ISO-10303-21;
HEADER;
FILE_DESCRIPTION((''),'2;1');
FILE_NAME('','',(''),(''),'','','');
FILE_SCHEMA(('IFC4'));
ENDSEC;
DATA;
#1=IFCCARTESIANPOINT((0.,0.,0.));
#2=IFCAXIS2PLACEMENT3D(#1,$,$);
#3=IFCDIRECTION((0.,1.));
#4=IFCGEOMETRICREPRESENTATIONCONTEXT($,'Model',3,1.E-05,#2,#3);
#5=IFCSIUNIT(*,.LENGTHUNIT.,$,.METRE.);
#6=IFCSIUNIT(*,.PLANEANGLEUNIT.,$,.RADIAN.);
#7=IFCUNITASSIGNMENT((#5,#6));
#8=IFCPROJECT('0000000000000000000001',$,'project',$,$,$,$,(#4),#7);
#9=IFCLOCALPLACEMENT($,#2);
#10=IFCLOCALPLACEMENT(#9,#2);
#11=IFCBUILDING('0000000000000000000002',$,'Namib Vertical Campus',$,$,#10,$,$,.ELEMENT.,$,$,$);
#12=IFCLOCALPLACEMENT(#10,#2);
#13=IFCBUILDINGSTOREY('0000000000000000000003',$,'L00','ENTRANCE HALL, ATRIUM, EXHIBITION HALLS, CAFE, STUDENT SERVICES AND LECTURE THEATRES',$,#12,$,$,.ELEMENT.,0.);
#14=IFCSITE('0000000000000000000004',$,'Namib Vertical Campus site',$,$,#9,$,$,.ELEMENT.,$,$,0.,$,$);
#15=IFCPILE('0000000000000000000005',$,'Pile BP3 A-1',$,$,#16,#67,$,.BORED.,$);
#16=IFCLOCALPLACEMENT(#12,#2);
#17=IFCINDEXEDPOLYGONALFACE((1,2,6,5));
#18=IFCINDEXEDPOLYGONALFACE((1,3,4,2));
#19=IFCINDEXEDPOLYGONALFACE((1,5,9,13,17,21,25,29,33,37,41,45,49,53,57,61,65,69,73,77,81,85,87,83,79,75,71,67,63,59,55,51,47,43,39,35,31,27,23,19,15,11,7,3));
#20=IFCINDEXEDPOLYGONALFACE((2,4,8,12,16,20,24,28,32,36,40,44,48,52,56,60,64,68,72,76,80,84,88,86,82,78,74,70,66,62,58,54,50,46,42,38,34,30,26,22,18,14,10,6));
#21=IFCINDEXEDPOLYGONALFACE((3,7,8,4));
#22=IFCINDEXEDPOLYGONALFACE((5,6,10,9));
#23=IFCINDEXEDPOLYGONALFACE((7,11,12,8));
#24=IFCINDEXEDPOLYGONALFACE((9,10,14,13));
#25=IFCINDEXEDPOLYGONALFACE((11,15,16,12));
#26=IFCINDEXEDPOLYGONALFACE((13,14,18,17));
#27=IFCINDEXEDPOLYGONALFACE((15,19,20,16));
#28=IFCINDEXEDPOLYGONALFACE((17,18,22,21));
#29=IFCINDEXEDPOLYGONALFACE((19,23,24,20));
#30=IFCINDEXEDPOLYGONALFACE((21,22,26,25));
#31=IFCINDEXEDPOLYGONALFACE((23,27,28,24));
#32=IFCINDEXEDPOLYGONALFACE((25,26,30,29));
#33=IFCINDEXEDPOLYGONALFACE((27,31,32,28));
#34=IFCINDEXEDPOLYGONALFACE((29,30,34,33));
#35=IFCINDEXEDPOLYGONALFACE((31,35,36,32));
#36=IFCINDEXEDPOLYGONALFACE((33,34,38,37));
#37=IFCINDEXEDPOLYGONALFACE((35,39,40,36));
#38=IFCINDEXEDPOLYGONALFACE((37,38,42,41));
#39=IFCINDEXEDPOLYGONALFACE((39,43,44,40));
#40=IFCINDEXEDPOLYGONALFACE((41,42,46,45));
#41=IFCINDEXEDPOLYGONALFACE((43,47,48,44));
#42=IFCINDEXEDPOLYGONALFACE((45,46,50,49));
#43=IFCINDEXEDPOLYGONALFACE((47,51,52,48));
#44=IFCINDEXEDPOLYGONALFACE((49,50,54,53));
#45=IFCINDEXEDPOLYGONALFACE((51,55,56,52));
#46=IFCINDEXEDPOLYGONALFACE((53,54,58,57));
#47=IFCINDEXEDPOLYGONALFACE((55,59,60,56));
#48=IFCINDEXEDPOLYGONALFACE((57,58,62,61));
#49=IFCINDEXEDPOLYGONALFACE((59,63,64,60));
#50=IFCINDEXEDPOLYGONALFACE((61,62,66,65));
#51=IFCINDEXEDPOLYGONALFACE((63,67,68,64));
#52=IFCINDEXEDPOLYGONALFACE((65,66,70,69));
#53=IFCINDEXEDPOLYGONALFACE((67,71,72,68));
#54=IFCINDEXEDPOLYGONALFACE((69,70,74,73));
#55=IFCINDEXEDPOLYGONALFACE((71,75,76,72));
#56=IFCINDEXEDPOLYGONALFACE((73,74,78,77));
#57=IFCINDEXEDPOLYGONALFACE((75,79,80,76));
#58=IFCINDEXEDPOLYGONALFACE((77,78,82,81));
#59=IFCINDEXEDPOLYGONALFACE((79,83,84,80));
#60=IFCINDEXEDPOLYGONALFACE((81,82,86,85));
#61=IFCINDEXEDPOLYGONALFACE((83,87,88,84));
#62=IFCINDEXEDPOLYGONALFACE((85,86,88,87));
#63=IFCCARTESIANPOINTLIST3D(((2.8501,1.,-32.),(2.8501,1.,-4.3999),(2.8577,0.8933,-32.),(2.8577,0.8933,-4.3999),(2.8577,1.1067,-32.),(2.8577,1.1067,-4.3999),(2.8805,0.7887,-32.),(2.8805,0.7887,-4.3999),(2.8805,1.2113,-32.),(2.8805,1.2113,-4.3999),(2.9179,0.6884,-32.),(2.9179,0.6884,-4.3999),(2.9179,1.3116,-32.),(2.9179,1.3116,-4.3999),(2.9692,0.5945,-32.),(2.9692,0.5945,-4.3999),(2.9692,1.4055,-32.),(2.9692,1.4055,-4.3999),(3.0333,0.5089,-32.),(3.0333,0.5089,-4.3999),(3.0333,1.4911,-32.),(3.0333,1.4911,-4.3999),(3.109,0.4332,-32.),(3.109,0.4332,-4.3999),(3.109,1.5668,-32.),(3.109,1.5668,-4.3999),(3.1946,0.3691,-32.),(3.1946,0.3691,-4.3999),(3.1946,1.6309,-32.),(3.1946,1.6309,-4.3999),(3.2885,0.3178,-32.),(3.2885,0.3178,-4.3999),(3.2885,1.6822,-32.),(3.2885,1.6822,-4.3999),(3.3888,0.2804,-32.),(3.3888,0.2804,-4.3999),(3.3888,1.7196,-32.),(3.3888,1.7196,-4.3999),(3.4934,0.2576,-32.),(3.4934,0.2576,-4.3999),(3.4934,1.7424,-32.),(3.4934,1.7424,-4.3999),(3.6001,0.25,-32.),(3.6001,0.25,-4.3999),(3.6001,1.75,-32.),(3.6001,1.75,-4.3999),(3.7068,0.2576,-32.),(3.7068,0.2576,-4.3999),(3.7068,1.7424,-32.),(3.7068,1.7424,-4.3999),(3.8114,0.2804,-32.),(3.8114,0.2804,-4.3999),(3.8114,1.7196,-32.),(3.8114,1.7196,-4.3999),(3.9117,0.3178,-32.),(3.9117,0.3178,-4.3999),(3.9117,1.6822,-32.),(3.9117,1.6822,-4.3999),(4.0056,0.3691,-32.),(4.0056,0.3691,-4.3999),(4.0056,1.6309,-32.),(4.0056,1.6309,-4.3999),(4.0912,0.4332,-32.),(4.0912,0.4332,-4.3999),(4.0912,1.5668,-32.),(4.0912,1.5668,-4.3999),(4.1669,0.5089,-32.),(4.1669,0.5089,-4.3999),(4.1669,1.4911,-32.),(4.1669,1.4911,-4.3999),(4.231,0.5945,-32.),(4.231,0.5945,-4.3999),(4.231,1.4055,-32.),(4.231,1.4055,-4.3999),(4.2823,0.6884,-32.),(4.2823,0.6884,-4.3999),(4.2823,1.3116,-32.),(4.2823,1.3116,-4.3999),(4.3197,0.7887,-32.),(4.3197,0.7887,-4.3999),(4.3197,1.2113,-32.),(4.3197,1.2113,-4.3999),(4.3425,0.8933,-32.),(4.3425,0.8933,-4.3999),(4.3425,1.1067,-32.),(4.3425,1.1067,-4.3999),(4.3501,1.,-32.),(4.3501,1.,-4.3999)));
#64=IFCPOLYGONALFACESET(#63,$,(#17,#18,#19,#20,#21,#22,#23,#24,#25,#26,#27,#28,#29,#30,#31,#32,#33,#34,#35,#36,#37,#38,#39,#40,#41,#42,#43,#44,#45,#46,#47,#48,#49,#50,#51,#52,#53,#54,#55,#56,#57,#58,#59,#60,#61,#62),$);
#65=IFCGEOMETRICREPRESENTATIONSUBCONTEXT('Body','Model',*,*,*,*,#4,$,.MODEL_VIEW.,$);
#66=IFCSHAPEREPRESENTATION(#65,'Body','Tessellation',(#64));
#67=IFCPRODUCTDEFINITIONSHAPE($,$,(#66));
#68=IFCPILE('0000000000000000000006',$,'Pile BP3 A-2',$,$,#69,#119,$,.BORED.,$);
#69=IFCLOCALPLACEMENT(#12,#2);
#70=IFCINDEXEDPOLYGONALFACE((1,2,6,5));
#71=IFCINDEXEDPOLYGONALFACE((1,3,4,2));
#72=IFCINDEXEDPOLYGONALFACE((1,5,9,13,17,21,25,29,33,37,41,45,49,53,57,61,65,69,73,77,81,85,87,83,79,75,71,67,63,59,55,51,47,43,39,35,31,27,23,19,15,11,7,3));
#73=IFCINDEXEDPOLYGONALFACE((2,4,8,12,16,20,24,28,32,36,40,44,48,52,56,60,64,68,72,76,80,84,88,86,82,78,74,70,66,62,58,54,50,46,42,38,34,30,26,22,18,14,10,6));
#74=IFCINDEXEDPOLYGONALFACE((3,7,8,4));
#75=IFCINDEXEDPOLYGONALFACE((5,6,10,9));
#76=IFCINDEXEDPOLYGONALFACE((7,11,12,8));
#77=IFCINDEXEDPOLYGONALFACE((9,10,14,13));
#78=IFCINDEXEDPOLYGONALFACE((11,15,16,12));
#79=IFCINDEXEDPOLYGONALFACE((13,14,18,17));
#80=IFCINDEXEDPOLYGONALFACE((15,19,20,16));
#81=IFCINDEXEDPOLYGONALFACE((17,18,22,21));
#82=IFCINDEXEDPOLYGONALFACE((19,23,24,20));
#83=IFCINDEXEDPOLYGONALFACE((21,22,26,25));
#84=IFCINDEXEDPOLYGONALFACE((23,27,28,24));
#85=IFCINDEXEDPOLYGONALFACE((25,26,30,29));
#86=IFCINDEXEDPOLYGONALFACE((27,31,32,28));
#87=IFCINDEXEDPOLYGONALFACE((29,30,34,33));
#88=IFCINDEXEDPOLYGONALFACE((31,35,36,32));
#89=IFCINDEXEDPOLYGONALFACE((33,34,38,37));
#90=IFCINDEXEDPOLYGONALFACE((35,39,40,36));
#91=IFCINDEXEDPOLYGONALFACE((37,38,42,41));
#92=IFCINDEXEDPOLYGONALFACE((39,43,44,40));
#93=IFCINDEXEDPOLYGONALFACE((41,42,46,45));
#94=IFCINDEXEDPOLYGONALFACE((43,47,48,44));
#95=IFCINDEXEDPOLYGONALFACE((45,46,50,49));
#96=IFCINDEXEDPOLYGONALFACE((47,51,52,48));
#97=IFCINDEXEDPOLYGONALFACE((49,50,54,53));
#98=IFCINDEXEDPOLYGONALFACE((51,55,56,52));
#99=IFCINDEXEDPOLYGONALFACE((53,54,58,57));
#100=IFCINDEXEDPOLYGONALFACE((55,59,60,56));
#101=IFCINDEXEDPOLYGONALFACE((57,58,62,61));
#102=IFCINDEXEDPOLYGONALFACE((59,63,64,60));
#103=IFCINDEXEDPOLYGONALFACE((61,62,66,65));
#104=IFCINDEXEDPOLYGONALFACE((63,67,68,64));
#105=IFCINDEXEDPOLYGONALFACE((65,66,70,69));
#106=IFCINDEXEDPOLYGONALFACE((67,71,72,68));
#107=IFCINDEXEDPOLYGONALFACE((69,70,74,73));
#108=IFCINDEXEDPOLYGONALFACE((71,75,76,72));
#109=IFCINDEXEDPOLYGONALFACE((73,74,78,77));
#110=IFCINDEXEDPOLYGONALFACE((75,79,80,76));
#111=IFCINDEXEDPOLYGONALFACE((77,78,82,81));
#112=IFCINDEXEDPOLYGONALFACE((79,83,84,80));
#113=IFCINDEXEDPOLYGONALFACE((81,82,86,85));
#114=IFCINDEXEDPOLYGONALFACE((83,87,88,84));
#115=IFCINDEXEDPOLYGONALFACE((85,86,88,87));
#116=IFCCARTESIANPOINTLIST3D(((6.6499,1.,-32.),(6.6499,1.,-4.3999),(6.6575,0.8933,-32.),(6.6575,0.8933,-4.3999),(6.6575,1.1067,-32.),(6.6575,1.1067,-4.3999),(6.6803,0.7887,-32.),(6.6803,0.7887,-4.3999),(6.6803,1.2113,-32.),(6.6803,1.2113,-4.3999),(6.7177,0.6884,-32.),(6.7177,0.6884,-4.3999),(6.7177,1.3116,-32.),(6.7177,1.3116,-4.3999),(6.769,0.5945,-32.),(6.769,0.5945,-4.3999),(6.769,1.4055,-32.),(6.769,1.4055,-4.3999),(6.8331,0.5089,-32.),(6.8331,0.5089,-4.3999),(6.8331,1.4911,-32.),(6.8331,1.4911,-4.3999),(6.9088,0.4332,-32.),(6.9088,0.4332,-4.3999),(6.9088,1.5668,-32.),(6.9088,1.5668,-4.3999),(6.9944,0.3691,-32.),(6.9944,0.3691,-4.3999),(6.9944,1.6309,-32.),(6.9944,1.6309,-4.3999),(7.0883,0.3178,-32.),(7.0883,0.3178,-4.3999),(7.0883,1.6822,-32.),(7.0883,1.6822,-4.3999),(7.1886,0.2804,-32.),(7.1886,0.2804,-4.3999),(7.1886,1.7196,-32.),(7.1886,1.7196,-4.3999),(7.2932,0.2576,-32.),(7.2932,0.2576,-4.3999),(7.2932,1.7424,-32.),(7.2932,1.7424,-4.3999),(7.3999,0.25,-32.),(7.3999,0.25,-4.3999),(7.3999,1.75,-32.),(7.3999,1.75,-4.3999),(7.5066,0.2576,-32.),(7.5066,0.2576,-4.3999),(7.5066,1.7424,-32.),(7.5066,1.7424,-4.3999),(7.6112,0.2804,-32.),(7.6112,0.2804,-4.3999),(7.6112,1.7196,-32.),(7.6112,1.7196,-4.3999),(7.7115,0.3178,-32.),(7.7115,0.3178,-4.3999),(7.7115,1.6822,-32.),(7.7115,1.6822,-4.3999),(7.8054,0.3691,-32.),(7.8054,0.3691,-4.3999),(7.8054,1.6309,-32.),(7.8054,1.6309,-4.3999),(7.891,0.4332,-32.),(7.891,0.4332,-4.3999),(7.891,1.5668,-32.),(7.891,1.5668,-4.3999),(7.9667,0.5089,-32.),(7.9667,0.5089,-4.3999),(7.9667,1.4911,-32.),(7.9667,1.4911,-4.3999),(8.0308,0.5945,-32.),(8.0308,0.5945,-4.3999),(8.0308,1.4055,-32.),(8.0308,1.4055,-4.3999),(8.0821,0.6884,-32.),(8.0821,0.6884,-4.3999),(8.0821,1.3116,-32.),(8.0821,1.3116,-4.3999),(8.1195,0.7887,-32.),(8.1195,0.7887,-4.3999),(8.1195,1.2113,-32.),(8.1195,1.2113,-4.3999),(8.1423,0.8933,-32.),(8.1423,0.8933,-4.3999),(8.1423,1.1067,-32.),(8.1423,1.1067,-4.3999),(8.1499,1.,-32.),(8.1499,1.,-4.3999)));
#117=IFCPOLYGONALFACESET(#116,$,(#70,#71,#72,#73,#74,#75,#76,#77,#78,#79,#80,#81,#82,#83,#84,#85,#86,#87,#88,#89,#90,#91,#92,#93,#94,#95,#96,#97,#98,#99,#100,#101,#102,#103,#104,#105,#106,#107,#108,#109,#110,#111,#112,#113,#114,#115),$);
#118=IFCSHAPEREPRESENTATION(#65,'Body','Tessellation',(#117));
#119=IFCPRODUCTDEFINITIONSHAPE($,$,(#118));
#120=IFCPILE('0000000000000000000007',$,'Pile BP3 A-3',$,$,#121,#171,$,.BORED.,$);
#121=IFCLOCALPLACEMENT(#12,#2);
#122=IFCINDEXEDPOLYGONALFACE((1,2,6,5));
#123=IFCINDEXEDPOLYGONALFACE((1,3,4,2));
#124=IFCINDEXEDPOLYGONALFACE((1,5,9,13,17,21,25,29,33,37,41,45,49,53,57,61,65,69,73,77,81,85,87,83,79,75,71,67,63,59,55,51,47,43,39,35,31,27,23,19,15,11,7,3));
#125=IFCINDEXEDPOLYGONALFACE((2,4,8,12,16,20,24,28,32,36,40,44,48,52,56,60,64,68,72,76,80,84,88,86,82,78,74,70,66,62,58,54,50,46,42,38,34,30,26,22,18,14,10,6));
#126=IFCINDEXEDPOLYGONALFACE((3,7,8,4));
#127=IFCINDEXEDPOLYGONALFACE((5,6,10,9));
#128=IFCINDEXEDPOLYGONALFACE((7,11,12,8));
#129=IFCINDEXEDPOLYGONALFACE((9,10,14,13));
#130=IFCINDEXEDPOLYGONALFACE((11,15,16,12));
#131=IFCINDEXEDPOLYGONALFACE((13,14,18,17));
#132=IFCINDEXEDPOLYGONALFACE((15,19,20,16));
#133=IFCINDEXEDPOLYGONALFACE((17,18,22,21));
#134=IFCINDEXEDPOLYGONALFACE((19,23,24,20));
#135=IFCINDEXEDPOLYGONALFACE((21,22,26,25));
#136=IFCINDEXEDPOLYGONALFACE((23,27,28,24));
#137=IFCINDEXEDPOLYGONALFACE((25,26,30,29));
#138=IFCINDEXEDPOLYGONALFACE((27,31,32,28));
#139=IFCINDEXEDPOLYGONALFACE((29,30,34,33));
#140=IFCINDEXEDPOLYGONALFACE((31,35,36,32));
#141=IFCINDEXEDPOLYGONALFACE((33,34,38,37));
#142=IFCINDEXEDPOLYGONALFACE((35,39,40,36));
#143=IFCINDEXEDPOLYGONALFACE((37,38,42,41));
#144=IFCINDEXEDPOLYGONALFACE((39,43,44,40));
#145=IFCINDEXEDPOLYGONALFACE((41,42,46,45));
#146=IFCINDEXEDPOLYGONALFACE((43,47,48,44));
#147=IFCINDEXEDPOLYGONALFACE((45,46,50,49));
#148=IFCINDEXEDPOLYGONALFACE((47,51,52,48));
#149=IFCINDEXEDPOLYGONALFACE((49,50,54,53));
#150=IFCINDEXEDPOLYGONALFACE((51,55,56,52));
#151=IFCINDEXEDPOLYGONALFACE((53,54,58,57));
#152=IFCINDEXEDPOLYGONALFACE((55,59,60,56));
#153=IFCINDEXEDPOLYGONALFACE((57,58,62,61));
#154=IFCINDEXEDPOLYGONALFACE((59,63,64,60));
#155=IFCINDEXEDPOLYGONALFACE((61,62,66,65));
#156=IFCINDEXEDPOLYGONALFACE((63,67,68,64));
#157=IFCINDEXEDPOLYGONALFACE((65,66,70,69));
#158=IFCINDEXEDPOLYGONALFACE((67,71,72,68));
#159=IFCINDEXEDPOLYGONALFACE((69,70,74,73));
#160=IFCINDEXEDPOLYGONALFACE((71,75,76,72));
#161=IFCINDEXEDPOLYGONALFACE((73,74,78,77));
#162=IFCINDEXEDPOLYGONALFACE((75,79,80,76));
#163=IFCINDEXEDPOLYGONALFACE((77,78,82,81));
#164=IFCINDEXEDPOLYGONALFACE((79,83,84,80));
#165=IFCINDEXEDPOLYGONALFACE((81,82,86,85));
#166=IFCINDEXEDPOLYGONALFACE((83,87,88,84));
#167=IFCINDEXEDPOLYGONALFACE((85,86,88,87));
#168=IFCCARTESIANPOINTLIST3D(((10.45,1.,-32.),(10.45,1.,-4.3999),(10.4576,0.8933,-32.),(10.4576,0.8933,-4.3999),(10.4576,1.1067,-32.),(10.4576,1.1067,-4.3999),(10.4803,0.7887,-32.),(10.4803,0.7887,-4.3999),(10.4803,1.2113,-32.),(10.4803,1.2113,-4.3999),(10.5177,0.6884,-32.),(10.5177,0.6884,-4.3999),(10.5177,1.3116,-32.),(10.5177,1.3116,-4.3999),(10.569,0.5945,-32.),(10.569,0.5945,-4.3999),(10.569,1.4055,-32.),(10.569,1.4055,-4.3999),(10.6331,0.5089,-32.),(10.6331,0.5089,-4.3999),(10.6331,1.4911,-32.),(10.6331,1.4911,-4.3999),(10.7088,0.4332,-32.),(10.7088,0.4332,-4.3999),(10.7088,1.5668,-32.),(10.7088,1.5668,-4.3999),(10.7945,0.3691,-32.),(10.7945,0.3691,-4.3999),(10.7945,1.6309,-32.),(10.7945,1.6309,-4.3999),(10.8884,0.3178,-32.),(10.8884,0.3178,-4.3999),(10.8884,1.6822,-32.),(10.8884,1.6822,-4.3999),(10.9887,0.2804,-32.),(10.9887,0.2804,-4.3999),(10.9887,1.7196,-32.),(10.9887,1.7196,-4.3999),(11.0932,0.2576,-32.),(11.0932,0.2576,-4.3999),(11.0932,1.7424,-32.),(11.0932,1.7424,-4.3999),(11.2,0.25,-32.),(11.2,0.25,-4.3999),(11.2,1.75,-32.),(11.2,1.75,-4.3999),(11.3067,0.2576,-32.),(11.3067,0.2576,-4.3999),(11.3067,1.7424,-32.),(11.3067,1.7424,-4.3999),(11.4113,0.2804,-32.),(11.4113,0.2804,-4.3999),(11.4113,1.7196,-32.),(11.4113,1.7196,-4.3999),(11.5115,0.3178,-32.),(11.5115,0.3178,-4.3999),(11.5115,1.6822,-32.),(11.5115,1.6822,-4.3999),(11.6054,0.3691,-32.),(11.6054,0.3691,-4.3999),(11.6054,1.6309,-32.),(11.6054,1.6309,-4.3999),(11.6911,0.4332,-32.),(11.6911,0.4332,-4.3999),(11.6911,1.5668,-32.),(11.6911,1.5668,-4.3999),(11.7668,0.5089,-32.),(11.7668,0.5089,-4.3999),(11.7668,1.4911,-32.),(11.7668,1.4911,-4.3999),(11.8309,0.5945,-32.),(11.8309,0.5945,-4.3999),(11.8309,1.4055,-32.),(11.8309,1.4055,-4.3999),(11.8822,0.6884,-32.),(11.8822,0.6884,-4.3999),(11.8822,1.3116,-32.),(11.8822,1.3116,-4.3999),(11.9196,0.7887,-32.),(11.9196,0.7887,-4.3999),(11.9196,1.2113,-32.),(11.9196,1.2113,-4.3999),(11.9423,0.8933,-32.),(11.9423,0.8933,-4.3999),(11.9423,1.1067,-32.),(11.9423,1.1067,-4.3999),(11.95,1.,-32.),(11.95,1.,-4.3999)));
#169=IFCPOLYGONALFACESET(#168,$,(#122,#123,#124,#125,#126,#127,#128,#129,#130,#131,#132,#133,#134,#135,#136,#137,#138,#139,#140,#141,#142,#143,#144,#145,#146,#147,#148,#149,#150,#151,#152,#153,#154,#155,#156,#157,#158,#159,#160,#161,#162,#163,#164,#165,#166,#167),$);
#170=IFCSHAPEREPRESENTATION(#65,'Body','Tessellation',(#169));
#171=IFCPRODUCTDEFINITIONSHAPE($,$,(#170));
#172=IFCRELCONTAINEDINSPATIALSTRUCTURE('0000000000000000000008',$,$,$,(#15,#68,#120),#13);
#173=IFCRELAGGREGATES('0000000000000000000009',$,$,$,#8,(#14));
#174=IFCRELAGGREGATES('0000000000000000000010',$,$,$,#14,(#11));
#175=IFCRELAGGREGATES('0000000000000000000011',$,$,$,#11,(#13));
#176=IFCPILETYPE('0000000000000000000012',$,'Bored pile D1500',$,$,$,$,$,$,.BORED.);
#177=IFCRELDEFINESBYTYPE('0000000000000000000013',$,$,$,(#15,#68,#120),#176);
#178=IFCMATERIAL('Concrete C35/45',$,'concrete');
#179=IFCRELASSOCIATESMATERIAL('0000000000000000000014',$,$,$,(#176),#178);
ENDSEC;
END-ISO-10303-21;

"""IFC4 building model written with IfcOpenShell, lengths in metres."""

from ifc_helpers import new_model, si_unit, direction, frame, origin, origin_2d, place, context, subcontext, project, spatial, circle, extrude, material, material_profile, profile_set, type_object, element, save


model = new_model("IFC4")

# Units and contexts
model_context = context("Model", 3, precision=1e-05, world=origin(), true_north=direction((0.0, 1.0)))
body_context = subcontext(model_context, "Body", "Model", "MODEL_VIEW")
ifc_project = project(units=[si_unit("LENGTHUNIT", "METRE"), si_unit("PLANEANGLEUNIT", "RADIAN")], contexts=[model_context])

# Site, building, storey
site_placement = place(None, origin())
site = spatial("IfcSite", under=ifc_project, at=site_placement, Name="Namib Vertical Campus site", CompositionType="ELEMENT", RefElevation=0.0)
building_placement = place(site_placement, origin())
building = spatial("IfcBuilding", under=site, at=building_placement, Name="Namib Vertical Campus", CompositionType="ELEMENT")
storey_placement = place(building_placement, origin())
storey = spatial("IfcBuildingStorey", under=building, at=storey_placement, Name="L00", Description="ENTRANCE HALL, ATRIUM, EXHIBITION HALLS, CAFE, STUDENT SERVICES AND LECTURE THEATRES", CompositionType="ELEMENT", Elevation=0.0)

# Piles
ifc_material_1 = material(Name="Concrete C35/45", Category="concrete")
ifc_material_profile_1 = material_profile(ifc_material_1, circle(Radius=0.75, at=origin_2d()))
ifc_profile_set_1 = profile_set([ifc_material_profile_1], Name="Concrete C35/45")
pile_type = type_object("IfcPileType", Name="Bored pile D1500", PredefinedType="BORED", material=ifc_profile_set_1)
for number, where, z_axis, x_axis, name in (
    (1, (3.6001, 1.0, -4.3999), (0.0, 0.0, -1.0), (1.0, 0.0, 0.0), "Pile BP3 A-1"),
    (2, (7.3999, 1.0, -4.3999), (0.0, 0.0, -1.0), (1.0, 0.0, 0.0), "Pile BP3 A-2"),
    (3, (11.2, 1.0, -4.3999), (0.0, 0.0, -1.0), (1.0, 0.0, 0.0), "Pile BP3 A-3"),
):
    element("IfcPile", number, at=place(storey_placement, frame(where, z_axis=z_axis, x_axis=x_axis)), inside=storey, type_object=pile_type, Name=name, PredefinedType="BORED", context=body_context, shape_type="SweptSolid", body=[
        extrude(circle(Radius=0.75, at=origin_2d()), origin(), (0.0, 0.0, 1.0), 27.6001),
    ])

save(model, "model.ifc")
